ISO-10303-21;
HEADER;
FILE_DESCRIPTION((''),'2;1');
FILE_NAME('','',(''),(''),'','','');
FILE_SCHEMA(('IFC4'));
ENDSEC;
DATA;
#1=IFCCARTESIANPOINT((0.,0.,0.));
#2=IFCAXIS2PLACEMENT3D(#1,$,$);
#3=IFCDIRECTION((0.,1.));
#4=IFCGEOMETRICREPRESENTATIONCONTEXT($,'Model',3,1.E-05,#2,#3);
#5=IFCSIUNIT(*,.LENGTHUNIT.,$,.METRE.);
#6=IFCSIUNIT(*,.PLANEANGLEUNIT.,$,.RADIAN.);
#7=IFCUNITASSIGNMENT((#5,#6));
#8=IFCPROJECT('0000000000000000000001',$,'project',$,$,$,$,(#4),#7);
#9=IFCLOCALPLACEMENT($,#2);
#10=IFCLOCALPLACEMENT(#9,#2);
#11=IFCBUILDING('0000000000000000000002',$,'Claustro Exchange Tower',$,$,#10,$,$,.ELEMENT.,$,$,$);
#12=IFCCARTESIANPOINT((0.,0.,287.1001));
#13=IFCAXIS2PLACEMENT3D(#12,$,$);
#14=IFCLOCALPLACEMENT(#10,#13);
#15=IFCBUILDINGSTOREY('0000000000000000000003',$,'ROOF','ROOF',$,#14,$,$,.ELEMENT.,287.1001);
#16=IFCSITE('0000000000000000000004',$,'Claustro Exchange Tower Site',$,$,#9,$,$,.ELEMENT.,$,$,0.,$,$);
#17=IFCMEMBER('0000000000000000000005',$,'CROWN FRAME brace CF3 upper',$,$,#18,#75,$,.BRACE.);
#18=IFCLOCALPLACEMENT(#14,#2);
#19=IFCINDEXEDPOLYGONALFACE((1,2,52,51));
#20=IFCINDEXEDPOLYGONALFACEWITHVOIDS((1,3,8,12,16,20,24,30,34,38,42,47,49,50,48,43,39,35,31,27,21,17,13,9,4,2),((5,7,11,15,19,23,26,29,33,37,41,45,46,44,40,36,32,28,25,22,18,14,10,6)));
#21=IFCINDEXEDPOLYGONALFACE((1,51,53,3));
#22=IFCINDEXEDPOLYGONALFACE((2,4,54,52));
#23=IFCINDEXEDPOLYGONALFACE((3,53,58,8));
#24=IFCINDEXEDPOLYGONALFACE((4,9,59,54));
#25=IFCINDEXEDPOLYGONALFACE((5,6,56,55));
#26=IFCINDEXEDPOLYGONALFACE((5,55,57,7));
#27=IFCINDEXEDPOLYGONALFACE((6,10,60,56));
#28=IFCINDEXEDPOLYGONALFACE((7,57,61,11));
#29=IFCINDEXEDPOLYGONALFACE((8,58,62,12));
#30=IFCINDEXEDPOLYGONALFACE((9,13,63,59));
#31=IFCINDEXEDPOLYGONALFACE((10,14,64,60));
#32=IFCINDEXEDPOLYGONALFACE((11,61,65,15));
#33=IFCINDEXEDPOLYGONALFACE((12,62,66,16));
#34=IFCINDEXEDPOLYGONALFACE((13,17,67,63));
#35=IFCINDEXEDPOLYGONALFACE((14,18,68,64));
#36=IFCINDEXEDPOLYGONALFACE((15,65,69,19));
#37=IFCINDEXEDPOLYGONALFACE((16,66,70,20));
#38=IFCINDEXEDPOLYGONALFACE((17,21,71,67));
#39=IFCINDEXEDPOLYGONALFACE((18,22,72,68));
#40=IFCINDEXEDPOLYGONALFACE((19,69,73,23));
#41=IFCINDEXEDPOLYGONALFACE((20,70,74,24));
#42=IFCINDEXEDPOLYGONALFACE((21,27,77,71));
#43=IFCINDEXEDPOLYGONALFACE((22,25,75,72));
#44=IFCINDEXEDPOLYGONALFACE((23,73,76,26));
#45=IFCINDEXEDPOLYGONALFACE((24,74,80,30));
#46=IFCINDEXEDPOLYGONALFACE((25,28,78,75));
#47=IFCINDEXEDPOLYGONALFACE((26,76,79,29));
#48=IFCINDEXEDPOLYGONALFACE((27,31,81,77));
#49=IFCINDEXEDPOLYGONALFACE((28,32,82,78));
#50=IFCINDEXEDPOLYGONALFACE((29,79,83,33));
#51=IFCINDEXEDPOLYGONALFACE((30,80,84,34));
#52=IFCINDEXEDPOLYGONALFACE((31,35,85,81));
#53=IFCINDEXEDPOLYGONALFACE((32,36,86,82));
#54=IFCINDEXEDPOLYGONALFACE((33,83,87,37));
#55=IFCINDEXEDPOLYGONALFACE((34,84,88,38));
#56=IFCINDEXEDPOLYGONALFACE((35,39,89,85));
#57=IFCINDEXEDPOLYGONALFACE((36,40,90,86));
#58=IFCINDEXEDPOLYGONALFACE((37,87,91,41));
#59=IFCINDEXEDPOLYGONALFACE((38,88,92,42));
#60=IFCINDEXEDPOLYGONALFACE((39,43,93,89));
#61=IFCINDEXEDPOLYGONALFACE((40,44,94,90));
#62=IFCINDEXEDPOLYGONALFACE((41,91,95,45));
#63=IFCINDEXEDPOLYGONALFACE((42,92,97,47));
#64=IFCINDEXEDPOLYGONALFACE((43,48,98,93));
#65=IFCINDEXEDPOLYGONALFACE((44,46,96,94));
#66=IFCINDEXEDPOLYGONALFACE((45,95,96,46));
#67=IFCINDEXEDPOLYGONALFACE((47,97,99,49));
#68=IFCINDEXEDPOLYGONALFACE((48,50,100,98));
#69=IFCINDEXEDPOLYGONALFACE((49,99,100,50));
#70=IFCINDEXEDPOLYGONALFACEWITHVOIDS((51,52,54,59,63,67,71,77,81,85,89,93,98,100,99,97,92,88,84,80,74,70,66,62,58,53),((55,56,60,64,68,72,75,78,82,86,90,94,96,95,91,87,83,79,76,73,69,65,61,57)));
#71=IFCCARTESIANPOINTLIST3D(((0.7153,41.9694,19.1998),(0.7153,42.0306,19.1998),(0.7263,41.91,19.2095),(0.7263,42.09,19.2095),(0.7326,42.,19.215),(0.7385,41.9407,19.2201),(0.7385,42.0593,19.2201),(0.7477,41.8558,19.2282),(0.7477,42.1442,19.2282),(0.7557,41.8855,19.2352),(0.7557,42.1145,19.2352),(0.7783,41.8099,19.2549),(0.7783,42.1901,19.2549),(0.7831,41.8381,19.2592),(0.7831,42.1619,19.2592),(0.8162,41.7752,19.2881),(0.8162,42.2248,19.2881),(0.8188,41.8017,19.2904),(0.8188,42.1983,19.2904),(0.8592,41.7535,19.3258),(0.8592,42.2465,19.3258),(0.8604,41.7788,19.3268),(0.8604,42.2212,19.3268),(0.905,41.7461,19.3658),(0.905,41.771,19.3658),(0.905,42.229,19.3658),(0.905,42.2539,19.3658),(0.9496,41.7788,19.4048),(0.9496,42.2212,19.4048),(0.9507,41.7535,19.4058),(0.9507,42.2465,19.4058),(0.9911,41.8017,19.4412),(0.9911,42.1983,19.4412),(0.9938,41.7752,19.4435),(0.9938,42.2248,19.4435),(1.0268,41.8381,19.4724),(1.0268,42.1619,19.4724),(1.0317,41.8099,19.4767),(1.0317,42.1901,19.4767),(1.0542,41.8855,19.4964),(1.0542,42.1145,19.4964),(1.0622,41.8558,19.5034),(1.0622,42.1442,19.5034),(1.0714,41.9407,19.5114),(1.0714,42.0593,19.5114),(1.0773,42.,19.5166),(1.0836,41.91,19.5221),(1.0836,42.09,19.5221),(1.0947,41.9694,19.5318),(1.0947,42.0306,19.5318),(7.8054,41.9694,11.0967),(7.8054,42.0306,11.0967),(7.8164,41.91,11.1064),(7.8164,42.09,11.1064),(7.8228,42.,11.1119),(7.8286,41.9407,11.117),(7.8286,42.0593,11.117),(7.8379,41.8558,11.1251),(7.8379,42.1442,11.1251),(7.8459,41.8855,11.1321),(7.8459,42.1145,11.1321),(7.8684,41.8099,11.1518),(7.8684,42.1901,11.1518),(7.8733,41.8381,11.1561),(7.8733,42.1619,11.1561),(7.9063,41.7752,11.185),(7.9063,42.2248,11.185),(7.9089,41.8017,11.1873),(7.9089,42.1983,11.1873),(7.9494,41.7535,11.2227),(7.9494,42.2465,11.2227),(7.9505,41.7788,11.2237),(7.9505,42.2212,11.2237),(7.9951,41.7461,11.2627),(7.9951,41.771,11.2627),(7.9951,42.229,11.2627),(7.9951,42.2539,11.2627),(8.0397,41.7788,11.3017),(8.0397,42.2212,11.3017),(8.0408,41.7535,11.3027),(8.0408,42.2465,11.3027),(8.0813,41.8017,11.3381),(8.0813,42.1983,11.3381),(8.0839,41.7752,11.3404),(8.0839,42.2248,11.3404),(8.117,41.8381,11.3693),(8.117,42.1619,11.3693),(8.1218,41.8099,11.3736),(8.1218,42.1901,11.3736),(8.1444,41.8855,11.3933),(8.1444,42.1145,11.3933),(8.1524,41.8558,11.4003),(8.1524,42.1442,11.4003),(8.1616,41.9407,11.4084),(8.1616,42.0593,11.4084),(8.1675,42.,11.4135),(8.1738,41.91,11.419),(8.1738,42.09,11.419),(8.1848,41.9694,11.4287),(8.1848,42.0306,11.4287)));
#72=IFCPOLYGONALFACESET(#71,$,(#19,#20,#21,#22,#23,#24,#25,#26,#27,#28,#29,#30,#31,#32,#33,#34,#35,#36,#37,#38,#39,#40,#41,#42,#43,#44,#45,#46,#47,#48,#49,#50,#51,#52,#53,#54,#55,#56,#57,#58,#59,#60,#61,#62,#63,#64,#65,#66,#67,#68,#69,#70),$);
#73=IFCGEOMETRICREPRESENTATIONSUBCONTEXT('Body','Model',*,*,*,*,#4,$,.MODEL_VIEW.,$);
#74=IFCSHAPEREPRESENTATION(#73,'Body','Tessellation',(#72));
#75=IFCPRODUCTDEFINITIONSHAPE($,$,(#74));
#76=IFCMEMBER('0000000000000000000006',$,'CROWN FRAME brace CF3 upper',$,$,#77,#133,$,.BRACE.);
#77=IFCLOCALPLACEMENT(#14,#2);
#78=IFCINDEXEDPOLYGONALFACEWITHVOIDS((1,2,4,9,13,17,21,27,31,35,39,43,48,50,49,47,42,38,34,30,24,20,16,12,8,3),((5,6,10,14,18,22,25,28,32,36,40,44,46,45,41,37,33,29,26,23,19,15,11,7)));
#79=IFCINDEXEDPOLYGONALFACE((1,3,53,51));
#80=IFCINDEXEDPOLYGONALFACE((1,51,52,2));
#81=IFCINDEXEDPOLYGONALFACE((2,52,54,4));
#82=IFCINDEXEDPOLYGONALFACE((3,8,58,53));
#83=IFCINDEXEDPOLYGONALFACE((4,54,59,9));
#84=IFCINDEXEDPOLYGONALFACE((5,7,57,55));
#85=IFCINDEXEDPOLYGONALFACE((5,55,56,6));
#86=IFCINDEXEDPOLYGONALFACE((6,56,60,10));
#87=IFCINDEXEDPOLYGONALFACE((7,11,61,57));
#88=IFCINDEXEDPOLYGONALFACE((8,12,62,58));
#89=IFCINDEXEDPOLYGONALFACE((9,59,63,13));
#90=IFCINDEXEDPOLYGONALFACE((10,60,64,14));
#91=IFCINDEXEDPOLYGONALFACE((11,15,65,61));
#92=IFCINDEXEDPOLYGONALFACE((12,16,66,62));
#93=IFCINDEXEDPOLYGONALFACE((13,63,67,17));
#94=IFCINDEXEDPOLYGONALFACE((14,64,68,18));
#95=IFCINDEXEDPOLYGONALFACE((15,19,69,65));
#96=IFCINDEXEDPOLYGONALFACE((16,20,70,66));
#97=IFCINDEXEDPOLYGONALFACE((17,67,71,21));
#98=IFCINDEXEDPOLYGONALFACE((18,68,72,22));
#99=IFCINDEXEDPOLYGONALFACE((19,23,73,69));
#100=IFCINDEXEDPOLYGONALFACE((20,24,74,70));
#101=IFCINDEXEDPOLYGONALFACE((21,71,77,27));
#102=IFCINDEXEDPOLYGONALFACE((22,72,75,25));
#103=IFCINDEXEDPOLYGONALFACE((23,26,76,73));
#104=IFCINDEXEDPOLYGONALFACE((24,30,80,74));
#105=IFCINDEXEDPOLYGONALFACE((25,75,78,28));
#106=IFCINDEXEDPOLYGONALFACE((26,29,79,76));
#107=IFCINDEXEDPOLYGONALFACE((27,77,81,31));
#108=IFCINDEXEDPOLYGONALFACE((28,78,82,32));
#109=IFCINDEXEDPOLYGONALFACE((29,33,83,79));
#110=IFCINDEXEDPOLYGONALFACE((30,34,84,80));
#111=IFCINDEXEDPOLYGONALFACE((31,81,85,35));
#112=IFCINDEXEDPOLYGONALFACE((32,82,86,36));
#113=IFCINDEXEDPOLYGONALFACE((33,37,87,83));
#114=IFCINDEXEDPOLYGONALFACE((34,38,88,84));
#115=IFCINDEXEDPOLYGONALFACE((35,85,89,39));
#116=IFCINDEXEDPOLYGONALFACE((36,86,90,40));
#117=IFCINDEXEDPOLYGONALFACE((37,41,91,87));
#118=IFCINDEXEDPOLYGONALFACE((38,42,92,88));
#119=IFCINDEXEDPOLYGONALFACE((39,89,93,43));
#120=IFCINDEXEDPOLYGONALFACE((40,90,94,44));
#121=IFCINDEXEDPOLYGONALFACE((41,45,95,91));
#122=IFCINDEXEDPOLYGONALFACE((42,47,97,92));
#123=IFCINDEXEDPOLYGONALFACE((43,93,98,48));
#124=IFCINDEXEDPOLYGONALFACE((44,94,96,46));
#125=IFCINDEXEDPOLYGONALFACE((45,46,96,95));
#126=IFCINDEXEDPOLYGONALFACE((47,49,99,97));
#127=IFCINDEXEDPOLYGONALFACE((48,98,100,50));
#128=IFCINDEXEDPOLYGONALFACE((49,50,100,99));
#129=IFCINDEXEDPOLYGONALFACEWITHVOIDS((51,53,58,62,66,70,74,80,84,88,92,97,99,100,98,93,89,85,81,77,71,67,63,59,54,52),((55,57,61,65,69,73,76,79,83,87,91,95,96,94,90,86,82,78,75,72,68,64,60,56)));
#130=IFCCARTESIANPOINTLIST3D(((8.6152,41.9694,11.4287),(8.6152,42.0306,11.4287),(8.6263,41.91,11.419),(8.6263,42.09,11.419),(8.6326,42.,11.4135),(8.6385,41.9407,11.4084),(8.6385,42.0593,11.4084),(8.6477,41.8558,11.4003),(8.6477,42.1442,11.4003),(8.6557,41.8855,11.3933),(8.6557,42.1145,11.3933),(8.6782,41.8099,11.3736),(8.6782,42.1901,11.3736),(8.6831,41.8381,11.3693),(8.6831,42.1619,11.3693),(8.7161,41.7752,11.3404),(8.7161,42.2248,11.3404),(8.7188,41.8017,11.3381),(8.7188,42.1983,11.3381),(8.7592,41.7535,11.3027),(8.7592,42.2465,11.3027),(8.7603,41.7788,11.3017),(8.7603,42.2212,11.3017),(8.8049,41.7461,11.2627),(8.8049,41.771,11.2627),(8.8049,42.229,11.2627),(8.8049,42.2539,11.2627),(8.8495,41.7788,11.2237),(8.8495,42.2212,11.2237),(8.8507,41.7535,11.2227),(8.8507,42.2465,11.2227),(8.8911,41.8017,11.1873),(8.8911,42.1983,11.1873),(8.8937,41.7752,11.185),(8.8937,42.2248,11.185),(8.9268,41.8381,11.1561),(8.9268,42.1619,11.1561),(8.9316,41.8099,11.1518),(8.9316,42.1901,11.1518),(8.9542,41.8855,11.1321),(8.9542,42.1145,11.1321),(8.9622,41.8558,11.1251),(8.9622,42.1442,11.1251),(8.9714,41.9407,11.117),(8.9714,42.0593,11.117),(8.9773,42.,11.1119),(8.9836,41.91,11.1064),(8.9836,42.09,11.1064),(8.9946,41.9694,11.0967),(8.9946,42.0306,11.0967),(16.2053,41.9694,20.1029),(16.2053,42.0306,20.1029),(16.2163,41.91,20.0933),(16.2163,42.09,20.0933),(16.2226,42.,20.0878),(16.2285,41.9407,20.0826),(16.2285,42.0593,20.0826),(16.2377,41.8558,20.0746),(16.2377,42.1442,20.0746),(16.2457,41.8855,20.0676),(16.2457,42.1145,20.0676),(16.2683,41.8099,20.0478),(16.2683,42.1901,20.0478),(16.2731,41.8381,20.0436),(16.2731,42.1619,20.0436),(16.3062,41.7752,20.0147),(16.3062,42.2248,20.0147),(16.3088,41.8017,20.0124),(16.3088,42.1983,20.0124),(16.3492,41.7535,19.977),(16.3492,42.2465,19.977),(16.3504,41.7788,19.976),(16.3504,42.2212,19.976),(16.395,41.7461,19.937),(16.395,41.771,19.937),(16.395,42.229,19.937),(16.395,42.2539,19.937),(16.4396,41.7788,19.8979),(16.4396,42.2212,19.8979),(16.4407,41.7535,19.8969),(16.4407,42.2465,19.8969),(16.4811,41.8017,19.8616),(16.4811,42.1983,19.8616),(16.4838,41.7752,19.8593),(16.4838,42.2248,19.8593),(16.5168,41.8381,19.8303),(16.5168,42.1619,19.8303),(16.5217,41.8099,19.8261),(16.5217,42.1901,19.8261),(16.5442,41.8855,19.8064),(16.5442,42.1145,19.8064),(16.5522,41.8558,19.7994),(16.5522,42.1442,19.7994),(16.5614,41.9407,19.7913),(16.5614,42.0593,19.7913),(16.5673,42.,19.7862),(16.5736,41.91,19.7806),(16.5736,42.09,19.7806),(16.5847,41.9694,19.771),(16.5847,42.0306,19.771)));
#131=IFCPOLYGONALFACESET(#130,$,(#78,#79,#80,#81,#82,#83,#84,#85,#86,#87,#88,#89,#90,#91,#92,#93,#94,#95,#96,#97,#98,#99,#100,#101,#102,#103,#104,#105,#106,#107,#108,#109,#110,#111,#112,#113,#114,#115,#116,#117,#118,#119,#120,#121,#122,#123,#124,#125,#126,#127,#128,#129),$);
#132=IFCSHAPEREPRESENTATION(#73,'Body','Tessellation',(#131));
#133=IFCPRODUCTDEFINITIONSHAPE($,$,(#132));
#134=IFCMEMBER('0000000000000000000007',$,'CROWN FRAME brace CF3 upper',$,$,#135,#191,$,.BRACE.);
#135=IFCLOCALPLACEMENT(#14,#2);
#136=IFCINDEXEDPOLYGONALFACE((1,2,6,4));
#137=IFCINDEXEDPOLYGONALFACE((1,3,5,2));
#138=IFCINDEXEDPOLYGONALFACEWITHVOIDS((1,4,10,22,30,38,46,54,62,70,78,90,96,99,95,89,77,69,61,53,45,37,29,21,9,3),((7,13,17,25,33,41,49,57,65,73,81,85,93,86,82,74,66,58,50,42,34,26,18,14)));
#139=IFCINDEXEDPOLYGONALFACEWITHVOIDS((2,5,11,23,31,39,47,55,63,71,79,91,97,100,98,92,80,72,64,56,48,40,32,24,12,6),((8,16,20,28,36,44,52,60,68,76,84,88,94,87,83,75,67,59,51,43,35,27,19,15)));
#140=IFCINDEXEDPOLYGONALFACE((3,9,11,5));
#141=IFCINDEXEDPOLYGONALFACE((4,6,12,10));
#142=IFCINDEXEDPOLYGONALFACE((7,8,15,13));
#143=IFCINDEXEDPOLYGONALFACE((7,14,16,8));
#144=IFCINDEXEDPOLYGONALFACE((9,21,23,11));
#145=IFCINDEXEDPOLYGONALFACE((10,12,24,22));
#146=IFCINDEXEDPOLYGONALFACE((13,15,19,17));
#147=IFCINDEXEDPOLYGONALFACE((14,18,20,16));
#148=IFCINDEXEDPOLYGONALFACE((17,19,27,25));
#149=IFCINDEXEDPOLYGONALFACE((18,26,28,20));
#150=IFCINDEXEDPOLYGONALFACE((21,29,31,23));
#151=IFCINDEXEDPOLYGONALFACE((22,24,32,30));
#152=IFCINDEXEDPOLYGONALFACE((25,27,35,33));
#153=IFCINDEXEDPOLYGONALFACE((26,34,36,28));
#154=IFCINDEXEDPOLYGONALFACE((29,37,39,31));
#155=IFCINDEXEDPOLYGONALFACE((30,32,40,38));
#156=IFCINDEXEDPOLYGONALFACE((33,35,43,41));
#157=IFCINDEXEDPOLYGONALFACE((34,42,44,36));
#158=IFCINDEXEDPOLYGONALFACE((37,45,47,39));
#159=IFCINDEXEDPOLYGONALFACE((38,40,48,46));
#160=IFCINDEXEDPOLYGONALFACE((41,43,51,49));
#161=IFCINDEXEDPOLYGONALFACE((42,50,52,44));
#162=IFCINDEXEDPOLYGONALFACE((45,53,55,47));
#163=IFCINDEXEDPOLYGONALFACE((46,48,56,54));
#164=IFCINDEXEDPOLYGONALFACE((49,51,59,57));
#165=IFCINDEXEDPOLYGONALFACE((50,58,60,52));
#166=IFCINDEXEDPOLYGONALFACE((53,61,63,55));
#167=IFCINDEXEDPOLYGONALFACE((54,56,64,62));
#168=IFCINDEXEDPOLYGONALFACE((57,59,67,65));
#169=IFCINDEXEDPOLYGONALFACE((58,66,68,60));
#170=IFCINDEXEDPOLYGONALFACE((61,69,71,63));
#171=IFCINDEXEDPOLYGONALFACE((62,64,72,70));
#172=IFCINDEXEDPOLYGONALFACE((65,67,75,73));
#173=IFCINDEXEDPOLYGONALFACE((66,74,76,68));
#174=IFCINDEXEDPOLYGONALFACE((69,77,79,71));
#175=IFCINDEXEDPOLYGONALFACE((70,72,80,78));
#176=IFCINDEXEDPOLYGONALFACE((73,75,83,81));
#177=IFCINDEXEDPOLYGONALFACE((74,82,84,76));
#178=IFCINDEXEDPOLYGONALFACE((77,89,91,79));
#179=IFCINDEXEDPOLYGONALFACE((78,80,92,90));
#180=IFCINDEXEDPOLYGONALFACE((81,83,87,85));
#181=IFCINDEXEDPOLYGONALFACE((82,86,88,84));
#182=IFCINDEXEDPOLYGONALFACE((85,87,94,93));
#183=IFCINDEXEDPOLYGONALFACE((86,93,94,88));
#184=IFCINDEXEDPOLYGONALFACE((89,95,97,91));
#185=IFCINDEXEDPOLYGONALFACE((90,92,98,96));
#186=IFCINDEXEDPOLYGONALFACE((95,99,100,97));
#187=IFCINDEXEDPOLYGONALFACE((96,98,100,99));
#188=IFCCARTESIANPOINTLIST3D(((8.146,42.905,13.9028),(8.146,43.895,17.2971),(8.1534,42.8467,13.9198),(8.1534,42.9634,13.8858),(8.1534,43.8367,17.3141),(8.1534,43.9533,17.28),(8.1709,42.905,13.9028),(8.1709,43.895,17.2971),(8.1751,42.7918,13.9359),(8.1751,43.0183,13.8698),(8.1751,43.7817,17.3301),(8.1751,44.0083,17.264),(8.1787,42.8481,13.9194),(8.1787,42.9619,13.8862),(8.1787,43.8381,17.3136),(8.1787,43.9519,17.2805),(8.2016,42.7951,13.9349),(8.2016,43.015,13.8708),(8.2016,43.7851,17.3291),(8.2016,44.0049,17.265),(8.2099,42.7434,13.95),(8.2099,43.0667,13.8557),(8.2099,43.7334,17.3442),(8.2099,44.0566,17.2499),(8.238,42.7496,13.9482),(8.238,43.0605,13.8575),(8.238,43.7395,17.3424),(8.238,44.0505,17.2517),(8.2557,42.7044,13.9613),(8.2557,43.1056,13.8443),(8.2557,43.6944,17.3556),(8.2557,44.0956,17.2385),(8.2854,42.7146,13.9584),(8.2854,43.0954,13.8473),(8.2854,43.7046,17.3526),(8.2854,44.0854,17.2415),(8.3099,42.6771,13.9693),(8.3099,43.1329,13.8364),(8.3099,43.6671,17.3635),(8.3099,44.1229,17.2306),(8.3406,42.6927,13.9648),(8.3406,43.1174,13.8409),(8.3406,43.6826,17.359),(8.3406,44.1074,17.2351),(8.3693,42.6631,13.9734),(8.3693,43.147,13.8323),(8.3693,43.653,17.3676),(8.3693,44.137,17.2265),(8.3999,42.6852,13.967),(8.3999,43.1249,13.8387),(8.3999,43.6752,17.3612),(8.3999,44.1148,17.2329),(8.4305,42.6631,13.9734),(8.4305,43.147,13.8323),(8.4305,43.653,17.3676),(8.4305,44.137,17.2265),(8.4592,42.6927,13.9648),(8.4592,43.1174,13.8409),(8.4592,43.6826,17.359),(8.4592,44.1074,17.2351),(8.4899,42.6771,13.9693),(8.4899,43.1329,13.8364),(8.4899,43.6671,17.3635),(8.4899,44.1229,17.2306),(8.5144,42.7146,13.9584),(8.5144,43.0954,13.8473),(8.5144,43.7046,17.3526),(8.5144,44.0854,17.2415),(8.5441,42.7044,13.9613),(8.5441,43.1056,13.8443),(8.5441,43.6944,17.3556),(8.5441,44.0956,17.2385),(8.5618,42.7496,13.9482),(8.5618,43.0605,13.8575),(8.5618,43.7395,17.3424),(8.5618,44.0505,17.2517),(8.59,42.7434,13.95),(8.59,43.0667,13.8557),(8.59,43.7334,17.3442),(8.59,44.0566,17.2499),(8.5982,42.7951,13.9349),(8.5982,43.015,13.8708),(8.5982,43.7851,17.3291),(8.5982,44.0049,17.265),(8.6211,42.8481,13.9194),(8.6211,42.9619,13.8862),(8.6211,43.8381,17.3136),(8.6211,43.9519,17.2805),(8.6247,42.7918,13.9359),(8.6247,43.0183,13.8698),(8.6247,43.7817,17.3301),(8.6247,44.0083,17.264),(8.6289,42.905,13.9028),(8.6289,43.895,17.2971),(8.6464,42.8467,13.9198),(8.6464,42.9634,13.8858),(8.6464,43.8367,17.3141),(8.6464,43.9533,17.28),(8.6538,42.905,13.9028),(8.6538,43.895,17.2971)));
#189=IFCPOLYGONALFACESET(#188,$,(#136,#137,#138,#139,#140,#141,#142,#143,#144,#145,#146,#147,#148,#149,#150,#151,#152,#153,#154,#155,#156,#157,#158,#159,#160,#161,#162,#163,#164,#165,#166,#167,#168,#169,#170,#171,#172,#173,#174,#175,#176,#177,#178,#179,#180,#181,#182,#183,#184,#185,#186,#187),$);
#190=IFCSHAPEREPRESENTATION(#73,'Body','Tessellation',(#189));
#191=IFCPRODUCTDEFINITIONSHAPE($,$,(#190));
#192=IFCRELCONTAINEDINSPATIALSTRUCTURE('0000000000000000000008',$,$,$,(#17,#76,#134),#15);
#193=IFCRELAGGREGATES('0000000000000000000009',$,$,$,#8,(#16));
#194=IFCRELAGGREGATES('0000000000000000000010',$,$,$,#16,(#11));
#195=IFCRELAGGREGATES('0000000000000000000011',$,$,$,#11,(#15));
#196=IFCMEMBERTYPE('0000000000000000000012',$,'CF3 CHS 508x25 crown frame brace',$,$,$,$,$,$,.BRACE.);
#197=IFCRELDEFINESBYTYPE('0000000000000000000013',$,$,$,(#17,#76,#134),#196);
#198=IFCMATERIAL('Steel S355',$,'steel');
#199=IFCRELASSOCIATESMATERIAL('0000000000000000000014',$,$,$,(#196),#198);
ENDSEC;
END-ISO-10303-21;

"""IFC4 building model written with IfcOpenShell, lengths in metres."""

from ifc_helpers import new_model, si_unit, direction, frame, origin, origin_2d, place, context, subcontext, project, spatial, hollow_circle, extrude, material, material_profile, profile_set, type_object, element, save


model = new_model("IFC4")

# Units and contexts
model_context = context("Model", 3, precision=1e-05, world=origin(), true_north=direction((0.0, 1.0)))
body_context = subcontext(model_context, "Body", "Model", "MODEL_VIEW")
ifc_project = project(units=[si_unit("LENGTHUNIT", "METRE"), si_unit("PLANEANGLEUNIT", "RADIAN")], contexts=[model_context])

# Site, building, storey
site_placement = place(None, origin())
site = spatial("IfcSite", under=ifc_project, at=site_placement, Name="Claustro Exchange Tower Site", CompositionType="ELEMENT", RefElevation=0.0)
building_placement = place(site_placement, origin())
building = spatial("IfcBuilding", under=site, at=building_placement, Name="Claustro Exchange Tower", CompositionType="ELEMENT")
storey_placement = place(building_placement, frame((0.0, 0.0, 287.1001)))
storey = spatial("IfcBuildingStorey", under=building, at=storey_placement, Name="ROOF", Description="ROOF", CompositionType="ELEMENT", Elevation=287.1001)

# Members
ifc_material_1 = material(Name="Steel S355", Category="steel")
ifc_material_profile_1 = material_profile(ifc_material_1, hollow_circle(Radius=0.2539, WallThickness=0.0249, at=origin_2d()), Name="CHS 508x25")
ifc_profile_set_1 = profile_set([ifc_material_profile_1], Name="Steel S355")
member_type = type_object("IfcMemberType", Name="CF3 CHS 508x25 crown frame brace", PredefinedType="BRACE", material=ifc_profile_set_1)
member_1_placement = place(storey_placement, frame((7.9951, 42.0, 11.2627), z_axis=(-0.658501, 0.0, 0.75258), x_axis=(0.0, -1.0, 0.0)))
element("IfcMember", 1, at=member_1_placement, inside=storey, type_object=member_type, Name="CROWN FRAME brace CF3 upper", PredefinedType="BRACE", context=body_context, shape_type="SweptSolid", body=[
    extrude(hollow_circle(Radius=0.2539, WallThickness=0.0249, at=origin_2d()), origin(), (0.0, 0.0, 1.0), 10.7671),
])
member_2_placement = place(storey_placement, frame((8.8049, 42.0, 11.2627), z_axis=(0.658508, 0.0, 0.752574), x_axis=(0.0, 1.0, 0.0)))
element("IfcMember", 2, at=member_2_placement, inside=storey, type_object=member_type, Name="CROWN FRAME brace CF3 upper", PredefinedType="BRACE", context=body_context, shape_type="SweptSolid", body=[
    extrude(hollow_circle(Radius=0.2539, WallThickness=0.0249, at=origin_2d()), origin(), (0.0, 0.0, 1.0), 11.5261),
])
member_3_placement = place(storey_placement, frame((8.3999, 42.905, 13.9028), z_axis=(0.0, 0.279997, 0.960001), x_axis=(-1.0, 0.0, 0.0)))
element("IfcMember", 3, at=member_3_placement, inside=storey, type_object=member_type, Name="CROWN FRAME brace CF3 upper", PredefinedType="BRACE", context=body_context, shape_type="SweptSolid", body=[
    extrude(hollow_circle(Radius=0.2539, WallThickness=0.0249, at=origin_2d()), origin(), (0.0, 0.0, 1.0), 3.5356),
])

save(model, "model.ifc")
